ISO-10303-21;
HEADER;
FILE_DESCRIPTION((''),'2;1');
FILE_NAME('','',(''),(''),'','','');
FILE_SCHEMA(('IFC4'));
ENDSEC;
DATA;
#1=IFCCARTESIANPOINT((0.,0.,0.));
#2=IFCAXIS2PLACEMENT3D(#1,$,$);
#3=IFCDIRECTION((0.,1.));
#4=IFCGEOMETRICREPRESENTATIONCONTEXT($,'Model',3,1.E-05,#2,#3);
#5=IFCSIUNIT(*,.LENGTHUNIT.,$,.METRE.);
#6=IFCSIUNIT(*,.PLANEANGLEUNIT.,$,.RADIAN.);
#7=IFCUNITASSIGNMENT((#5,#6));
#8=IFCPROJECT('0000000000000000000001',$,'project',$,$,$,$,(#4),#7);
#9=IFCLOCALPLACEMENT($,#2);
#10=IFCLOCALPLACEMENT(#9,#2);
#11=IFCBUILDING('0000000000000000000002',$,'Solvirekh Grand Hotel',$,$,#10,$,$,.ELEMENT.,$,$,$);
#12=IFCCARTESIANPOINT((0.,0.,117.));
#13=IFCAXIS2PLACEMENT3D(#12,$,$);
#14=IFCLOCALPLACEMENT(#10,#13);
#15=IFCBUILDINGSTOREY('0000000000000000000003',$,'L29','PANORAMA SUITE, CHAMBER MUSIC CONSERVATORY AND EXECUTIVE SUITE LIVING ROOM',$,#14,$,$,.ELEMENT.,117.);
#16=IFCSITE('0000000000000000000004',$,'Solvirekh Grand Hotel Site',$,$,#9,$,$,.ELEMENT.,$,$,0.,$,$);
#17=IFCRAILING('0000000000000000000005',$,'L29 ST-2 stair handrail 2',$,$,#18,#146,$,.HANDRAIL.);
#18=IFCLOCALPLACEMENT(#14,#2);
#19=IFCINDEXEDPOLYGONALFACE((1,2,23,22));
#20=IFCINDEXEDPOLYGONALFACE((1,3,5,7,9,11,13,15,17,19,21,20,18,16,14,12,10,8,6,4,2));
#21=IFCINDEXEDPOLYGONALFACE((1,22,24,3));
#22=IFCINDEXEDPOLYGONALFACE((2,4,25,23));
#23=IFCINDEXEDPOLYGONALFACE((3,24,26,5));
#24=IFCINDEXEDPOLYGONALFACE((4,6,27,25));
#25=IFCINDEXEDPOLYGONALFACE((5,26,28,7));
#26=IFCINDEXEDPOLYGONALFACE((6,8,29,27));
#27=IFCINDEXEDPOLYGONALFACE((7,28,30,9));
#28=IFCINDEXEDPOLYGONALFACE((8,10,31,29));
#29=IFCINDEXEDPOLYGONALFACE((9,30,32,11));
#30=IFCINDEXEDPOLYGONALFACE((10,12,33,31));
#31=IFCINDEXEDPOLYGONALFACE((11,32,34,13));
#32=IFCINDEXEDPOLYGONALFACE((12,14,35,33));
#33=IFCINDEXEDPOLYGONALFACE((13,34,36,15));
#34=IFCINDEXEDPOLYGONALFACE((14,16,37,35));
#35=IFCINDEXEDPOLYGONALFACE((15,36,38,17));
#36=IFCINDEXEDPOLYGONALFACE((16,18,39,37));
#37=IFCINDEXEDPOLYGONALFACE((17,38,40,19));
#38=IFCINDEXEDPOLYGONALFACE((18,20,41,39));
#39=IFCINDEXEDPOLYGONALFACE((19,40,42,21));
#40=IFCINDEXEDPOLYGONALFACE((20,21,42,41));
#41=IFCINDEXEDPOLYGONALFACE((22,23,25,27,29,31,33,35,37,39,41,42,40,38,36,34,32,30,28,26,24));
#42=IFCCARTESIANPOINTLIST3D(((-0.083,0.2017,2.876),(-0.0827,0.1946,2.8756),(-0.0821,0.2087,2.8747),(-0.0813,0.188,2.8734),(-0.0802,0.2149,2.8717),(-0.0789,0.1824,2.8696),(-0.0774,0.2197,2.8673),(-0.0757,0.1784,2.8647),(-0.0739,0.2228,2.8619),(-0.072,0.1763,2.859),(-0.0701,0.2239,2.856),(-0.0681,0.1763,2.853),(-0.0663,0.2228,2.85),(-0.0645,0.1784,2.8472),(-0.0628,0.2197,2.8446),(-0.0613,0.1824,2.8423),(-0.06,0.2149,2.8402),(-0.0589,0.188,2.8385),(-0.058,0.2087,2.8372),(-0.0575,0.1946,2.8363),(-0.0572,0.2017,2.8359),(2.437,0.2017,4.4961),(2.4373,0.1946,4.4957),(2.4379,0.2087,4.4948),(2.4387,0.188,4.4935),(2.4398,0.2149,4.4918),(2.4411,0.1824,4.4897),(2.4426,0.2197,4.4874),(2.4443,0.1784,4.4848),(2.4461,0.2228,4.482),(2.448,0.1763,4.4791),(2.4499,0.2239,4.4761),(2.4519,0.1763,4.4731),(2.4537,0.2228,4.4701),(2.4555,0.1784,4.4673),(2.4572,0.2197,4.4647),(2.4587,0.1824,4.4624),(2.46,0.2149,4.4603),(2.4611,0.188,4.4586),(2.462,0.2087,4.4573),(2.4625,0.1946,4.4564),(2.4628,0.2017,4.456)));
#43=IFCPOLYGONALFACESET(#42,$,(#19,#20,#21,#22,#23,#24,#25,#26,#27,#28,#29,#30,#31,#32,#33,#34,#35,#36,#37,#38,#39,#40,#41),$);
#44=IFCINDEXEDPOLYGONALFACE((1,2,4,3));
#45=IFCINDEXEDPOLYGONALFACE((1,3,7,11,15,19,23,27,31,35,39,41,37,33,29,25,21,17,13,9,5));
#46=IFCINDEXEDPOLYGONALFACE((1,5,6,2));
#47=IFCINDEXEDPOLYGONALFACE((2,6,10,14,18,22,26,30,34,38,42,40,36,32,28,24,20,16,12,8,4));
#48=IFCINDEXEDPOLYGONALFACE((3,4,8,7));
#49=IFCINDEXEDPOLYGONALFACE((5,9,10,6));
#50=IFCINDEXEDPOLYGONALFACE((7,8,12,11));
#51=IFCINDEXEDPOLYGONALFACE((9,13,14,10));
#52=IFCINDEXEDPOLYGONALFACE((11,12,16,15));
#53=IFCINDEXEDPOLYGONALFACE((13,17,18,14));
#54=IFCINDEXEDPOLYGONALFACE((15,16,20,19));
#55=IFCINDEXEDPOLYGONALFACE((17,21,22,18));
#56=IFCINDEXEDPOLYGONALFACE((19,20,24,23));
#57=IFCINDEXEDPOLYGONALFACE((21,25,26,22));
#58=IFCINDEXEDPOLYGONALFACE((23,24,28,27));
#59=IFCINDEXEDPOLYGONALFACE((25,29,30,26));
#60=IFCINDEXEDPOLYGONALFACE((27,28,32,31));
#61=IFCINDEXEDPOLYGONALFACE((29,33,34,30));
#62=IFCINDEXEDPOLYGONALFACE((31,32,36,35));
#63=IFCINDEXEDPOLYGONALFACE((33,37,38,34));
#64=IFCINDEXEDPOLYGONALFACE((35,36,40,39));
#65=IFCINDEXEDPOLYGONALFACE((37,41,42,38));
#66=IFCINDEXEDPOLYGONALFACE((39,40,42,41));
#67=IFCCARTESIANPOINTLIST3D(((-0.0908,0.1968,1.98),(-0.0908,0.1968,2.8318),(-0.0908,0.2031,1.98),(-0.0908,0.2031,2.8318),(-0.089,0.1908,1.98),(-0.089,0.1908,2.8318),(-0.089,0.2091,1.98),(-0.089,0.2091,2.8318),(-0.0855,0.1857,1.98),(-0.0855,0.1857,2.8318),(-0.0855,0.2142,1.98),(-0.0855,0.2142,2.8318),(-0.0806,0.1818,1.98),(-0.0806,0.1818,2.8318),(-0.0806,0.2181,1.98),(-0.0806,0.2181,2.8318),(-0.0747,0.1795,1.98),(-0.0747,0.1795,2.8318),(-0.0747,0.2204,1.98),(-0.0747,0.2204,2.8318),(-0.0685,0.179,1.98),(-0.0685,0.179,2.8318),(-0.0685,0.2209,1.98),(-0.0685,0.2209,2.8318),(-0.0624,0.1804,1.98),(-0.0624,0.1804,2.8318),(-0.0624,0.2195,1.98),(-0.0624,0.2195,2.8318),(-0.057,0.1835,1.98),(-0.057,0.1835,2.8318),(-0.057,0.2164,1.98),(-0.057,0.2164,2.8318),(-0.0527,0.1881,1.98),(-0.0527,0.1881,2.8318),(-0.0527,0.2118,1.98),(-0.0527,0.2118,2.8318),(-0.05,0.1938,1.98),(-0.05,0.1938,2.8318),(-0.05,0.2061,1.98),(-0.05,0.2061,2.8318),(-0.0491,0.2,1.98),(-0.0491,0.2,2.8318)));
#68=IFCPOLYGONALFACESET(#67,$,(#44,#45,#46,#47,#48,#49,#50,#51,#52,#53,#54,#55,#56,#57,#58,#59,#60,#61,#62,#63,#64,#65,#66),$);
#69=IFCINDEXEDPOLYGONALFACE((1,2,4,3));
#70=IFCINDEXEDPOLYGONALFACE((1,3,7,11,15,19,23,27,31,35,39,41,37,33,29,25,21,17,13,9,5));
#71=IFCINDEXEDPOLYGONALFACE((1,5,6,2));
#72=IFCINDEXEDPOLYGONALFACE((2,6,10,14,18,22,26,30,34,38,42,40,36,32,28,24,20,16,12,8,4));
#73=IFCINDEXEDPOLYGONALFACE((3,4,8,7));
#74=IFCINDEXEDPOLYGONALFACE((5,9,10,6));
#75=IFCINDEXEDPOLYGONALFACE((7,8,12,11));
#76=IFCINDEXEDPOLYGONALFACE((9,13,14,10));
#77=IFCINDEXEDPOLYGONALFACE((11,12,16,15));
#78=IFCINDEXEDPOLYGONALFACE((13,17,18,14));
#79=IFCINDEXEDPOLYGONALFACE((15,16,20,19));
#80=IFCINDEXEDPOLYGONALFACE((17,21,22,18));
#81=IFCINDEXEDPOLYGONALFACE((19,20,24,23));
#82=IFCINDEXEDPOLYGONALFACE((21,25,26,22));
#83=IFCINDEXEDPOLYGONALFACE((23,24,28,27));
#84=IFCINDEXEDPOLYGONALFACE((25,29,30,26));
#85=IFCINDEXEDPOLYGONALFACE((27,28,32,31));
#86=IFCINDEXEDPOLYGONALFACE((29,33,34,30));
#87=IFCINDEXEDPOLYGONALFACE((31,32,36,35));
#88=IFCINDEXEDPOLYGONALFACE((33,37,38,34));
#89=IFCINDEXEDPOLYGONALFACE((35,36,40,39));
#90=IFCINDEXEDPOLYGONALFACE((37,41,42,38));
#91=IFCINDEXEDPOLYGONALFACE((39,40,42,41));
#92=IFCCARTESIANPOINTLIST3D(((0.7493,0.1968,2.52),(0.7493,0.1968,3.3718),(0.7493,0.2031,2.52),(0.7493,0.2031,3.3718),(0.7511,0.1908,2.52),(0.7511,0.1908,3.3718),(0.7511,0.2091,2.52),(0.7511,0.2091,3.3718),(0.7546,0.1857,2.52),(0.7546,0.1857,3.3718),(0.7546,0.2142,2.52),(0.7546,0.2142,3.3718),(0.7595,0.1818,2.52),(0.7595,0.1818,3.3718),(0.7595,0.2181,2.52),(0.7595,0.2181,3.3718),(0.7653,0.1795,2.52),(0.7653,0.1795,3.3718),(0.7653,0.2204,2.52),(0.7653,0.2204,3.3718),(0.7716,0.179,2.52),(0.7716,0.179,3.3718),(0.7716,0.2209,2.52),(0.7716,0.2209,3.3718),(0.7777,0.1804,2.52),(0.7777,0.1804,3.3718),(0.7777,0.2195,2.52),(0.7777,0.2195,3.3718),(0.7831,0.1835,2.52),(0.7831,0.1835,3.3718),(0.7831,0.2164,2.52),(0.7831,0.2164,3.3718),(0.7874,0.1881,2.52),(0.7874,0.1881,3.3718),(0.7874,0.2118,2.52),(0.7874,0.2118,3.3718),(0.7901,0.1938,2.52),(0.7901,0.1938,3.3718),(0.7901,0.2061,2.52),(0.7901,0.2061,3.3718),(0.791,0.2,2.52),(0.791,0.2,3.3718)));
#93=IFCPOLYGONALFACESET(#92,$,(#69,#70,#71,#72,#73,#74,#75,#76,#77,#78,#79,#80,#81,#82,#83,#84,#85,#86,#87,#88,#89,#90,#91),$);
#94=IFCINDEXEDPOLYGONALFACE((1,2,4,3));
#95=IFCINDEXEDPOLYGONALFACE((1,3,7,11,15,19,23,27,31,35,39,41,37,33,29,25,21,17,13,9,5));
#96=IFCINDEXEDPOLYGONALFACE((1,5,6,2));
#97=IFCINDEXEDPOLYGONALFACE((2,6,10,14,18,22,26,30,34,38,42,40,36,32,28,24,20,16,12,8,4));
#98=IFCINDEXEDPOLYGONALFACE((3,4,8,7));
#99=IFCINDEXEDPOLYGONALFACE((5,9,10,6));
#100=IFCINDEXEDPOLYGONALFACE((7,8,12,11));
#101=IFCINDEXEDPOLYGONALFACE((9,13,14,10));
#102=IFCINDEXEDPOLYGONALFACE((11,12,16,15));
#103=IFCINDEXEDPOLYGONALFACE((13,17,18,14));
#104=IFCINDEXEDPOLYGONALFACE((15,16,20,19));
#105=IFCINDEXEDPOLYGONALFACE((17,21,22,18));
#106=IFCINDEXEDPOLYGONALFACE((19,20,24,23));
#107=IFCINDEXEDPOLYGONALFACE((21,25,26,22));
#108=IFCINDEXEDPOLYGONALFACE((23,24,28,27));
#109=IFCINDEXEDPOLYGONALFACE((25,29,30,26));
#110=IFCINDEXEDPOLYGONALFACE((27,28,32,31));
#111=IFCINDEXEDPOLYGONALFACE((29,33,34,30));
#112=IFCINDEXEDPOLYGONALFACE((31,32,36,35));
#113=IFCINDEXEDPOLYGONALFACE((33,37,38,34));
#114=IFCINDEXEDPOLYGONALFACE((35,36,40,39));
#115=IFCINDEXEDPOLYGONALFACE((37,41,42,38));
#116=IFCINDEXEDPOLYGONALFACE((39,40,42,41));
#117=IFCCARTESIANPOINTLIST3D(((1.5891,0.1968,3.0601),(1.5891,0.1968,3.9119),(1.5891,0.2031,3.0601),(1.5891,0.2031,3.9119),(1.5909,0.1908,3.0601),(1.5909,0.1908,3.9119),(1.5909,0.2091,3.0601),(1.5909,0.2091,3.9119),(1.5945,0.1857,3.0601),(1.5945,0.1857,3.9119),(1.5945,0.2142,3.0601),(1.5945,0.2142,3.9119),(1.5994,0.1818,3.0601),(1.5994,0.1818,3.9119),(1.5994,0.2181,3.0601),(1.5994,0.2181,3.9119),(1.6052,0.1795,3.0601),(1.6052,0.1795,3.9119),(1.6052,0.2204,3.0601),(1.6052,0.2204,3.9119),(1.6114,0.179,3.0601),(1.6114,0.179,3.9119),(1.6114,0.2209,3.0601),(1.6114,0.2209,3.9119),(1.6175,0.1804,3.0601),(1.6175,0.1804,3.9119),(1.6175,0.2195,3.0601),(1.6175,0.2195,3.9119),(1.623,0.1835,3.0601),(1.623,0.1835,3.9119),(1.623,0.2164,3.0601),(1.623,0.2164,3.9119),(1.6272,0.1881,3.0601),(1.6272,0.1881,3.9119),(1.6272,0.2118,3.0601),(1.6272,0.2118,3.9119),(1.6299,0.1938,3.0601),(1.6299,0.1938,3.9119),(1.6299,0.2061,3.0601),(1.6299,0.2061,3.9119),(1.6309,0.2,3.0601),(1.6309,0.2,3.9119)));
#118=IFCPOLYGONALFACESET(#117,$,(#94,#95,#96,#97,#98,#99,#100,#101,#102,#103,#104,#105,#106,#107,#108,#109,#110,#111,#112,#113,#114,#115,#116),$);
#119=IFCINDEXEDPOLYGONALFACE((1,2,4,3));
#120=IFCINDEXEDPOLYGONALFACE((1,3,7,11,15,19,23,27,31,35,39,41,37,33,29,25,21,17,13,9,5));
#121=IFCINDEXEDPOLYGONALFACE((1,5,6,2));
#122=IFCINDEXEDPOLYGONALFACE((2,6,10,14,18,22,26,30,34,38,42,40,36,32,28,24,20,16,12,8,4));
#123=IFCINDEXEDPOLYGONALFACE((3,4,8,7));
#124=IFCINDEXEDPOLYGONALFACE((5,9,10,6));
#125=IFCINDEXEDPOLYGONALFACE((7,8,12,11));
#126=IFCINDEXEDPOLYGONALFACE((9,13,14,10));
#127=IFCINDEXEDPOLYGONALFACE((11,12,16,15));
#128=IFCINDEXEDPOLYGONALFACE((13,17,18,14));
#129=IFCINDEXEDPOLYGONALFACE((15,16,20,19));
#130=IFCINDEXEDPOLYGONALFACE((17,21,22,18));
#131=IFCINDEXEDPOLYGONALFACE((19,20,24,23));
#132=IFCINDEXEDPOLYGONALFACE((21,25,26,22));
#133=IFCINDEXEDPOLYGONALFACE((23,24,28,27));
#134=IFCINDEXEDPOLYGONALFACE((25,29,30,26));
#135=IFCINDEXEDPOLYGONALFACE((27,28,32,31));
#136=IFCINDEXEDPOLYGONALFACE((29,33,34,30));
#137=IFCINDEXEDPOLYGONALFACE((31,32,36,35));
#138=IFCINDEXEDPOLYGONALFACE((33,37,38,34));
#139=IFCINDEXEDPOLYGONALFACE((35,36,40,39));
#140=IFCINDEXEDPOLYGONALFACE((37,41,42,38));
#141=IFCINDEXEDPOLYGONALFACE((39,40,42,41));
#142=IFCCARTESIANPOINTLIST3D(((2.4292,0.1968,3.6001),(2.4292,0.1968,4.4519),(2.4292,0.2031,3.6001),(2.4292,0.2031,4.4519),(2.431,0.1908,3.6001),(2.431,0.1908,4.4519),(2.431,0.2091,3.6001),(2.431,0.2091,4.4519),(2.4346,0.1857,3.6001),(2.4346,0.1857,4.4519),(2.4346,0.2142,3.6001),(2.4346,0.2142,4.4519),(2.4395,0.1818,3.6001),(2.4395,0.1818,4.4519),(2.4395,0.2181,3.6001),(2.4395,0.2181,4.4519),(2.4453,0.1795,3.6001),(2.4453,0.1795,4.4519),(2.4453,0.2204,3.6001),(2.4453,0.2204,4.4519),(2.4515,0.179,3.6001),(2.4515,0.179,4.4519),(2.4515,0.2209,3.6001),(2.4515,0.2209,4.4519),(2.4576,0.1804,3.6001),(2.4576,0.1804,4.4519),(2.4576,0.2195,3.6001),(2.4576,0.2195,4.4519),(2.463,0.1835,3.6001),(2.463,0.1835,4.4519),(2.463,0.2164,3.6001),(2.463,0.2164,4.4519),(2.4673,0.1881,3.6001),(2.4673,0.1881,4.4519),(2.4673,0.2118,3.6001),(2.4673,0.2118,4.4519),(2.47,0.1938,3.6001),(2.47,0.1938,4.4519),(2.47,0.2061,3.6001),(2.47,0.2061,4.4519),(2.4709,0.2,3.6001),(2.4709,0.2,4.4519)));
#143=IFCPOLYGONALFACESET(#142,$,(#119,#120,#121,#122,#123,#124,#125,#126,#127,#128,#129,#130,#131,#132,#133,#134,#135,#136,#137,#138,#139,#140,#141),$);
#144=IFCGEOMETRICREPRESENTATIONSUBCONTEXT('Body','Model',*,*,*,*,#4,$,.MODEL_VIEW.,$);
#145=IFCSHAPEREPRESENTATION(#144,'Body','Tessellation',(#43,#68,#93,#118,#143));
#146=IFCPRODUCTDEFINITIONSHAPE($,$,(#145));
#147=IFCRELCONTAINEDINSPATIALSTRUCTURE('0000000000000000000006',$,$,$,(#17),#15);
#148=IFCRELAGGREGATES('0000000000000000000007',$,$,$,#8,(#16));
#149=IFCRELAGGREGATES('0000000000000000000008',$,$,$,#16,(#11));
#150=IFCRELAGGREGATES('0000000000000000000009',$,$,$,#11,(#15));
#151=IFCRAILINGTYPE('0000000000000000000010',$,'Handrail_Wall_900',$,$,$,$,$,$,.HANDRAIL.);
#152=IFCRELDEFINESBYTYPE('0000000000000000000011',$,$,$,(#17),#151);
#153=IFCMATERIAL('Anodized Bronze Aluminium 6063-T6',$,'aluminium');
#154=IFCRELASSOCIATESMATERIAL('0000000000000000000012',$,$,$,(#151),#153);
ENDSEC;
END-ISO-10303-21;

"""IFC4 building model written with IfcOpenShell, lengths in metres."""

from ifc_helpers import new_model, si_unit, direction, frame, origin, origin_2d, place, context, subcontext, project, spatial, circle, extrude, material, type_object, element, save


model = new_model("IFC4")

# Units and contexts
model_context = context("Model", 3, precision=1e-05, world=origin(), true_north=direction((0.0, 1.0)))
body_context = subcontext(model_context, "Body", "Model", "MODEL_VIEW")
ifc_project = project(units=[si_unit("LENGTHUNIT", "METRE"), si_unit("PLANEANGLEUNIT", "RADIAN")], contexts=[model_context])

# Site, building, storey
site_placement = place(None, origin())
site = spatial("IfcSite", under=ifc_project, at=site_placement, Name="Solvirekh Grand Hotel Site", CompositionType="ELEMENT", RefElevation=0.0)
building_placement = place(site_placement, origin())
building = spatial("IfcBuilding", under=site, at=building_placement, Name="Solvirekh Grand Hotel", CompositionType="ELEMENT")
storey_placement = place(building_placement, frame((0.0, 0.0, 117.0)))
storey = spatial("IfcBuildingStorey", under=building, at=storey_placement, Name="L29", Description="PANORAMA SUITE, CHAMBER MUSIC CONSERVATORY AND EXECUTIVE SUITE LIVING ROOM", CompositionType="ELEMENT", Elevation=117.0)

# Shared definitions
ifc_material_1 = material(Name="Anodized Bronze Aluminium 6063-T6", Category="aluminium")

# Railing
railing_type_1 = type_object("IfcRailingType", Name="Handrail_Wall_900", PredefinedType="HANDRAIL", material=ifc_material_1)
for number, where, name in (
    (1, (-0.0701, 0.2, 1.98), "L29 ST-2 stair handrail 2"),
):
    element("IfcRailing", number, at=place(storey_placement, frame(where)), inside=storey, type_object=railing_type_1, Name=name, PredefinedType="HANDRAIL", context=body_context, shape_type="SweptSolid", body=[
        extrude(circle(Radius=0.0239, at=origin_2d()), frame((0.0, 0.0, 0.876), z_axis=(0.841163, 0.0, 0.540782), x_axis=(0.0, 1.0, 0.0)), (0.0, 0.0, 1.0), 2.9958),
        extrude(circle(Radius=0.021, at=origin_2d()), origin(), (0.0, 0.0, 1.0), 0.8518),
        extrude(circle(Radius=0.021, at=origin_2d()), frame((0.8401, 0.0, 0.54)), (0.0, 0.0, 1.0), 0.8518),
        extrude(circle(Radius=0.021, at=origin_2d()), frame((1.6799, 0.0, 1.0801)), (0.0, 0.0, 1.0), 0.8518),
        extrude(circle(Radius=0.021, at=origin_2d()), frame((2.52, 0.0, 1.6201)), (0.0, 0.0, 1.0), 0.8518),
    ])

save(model, "model.ifc")
